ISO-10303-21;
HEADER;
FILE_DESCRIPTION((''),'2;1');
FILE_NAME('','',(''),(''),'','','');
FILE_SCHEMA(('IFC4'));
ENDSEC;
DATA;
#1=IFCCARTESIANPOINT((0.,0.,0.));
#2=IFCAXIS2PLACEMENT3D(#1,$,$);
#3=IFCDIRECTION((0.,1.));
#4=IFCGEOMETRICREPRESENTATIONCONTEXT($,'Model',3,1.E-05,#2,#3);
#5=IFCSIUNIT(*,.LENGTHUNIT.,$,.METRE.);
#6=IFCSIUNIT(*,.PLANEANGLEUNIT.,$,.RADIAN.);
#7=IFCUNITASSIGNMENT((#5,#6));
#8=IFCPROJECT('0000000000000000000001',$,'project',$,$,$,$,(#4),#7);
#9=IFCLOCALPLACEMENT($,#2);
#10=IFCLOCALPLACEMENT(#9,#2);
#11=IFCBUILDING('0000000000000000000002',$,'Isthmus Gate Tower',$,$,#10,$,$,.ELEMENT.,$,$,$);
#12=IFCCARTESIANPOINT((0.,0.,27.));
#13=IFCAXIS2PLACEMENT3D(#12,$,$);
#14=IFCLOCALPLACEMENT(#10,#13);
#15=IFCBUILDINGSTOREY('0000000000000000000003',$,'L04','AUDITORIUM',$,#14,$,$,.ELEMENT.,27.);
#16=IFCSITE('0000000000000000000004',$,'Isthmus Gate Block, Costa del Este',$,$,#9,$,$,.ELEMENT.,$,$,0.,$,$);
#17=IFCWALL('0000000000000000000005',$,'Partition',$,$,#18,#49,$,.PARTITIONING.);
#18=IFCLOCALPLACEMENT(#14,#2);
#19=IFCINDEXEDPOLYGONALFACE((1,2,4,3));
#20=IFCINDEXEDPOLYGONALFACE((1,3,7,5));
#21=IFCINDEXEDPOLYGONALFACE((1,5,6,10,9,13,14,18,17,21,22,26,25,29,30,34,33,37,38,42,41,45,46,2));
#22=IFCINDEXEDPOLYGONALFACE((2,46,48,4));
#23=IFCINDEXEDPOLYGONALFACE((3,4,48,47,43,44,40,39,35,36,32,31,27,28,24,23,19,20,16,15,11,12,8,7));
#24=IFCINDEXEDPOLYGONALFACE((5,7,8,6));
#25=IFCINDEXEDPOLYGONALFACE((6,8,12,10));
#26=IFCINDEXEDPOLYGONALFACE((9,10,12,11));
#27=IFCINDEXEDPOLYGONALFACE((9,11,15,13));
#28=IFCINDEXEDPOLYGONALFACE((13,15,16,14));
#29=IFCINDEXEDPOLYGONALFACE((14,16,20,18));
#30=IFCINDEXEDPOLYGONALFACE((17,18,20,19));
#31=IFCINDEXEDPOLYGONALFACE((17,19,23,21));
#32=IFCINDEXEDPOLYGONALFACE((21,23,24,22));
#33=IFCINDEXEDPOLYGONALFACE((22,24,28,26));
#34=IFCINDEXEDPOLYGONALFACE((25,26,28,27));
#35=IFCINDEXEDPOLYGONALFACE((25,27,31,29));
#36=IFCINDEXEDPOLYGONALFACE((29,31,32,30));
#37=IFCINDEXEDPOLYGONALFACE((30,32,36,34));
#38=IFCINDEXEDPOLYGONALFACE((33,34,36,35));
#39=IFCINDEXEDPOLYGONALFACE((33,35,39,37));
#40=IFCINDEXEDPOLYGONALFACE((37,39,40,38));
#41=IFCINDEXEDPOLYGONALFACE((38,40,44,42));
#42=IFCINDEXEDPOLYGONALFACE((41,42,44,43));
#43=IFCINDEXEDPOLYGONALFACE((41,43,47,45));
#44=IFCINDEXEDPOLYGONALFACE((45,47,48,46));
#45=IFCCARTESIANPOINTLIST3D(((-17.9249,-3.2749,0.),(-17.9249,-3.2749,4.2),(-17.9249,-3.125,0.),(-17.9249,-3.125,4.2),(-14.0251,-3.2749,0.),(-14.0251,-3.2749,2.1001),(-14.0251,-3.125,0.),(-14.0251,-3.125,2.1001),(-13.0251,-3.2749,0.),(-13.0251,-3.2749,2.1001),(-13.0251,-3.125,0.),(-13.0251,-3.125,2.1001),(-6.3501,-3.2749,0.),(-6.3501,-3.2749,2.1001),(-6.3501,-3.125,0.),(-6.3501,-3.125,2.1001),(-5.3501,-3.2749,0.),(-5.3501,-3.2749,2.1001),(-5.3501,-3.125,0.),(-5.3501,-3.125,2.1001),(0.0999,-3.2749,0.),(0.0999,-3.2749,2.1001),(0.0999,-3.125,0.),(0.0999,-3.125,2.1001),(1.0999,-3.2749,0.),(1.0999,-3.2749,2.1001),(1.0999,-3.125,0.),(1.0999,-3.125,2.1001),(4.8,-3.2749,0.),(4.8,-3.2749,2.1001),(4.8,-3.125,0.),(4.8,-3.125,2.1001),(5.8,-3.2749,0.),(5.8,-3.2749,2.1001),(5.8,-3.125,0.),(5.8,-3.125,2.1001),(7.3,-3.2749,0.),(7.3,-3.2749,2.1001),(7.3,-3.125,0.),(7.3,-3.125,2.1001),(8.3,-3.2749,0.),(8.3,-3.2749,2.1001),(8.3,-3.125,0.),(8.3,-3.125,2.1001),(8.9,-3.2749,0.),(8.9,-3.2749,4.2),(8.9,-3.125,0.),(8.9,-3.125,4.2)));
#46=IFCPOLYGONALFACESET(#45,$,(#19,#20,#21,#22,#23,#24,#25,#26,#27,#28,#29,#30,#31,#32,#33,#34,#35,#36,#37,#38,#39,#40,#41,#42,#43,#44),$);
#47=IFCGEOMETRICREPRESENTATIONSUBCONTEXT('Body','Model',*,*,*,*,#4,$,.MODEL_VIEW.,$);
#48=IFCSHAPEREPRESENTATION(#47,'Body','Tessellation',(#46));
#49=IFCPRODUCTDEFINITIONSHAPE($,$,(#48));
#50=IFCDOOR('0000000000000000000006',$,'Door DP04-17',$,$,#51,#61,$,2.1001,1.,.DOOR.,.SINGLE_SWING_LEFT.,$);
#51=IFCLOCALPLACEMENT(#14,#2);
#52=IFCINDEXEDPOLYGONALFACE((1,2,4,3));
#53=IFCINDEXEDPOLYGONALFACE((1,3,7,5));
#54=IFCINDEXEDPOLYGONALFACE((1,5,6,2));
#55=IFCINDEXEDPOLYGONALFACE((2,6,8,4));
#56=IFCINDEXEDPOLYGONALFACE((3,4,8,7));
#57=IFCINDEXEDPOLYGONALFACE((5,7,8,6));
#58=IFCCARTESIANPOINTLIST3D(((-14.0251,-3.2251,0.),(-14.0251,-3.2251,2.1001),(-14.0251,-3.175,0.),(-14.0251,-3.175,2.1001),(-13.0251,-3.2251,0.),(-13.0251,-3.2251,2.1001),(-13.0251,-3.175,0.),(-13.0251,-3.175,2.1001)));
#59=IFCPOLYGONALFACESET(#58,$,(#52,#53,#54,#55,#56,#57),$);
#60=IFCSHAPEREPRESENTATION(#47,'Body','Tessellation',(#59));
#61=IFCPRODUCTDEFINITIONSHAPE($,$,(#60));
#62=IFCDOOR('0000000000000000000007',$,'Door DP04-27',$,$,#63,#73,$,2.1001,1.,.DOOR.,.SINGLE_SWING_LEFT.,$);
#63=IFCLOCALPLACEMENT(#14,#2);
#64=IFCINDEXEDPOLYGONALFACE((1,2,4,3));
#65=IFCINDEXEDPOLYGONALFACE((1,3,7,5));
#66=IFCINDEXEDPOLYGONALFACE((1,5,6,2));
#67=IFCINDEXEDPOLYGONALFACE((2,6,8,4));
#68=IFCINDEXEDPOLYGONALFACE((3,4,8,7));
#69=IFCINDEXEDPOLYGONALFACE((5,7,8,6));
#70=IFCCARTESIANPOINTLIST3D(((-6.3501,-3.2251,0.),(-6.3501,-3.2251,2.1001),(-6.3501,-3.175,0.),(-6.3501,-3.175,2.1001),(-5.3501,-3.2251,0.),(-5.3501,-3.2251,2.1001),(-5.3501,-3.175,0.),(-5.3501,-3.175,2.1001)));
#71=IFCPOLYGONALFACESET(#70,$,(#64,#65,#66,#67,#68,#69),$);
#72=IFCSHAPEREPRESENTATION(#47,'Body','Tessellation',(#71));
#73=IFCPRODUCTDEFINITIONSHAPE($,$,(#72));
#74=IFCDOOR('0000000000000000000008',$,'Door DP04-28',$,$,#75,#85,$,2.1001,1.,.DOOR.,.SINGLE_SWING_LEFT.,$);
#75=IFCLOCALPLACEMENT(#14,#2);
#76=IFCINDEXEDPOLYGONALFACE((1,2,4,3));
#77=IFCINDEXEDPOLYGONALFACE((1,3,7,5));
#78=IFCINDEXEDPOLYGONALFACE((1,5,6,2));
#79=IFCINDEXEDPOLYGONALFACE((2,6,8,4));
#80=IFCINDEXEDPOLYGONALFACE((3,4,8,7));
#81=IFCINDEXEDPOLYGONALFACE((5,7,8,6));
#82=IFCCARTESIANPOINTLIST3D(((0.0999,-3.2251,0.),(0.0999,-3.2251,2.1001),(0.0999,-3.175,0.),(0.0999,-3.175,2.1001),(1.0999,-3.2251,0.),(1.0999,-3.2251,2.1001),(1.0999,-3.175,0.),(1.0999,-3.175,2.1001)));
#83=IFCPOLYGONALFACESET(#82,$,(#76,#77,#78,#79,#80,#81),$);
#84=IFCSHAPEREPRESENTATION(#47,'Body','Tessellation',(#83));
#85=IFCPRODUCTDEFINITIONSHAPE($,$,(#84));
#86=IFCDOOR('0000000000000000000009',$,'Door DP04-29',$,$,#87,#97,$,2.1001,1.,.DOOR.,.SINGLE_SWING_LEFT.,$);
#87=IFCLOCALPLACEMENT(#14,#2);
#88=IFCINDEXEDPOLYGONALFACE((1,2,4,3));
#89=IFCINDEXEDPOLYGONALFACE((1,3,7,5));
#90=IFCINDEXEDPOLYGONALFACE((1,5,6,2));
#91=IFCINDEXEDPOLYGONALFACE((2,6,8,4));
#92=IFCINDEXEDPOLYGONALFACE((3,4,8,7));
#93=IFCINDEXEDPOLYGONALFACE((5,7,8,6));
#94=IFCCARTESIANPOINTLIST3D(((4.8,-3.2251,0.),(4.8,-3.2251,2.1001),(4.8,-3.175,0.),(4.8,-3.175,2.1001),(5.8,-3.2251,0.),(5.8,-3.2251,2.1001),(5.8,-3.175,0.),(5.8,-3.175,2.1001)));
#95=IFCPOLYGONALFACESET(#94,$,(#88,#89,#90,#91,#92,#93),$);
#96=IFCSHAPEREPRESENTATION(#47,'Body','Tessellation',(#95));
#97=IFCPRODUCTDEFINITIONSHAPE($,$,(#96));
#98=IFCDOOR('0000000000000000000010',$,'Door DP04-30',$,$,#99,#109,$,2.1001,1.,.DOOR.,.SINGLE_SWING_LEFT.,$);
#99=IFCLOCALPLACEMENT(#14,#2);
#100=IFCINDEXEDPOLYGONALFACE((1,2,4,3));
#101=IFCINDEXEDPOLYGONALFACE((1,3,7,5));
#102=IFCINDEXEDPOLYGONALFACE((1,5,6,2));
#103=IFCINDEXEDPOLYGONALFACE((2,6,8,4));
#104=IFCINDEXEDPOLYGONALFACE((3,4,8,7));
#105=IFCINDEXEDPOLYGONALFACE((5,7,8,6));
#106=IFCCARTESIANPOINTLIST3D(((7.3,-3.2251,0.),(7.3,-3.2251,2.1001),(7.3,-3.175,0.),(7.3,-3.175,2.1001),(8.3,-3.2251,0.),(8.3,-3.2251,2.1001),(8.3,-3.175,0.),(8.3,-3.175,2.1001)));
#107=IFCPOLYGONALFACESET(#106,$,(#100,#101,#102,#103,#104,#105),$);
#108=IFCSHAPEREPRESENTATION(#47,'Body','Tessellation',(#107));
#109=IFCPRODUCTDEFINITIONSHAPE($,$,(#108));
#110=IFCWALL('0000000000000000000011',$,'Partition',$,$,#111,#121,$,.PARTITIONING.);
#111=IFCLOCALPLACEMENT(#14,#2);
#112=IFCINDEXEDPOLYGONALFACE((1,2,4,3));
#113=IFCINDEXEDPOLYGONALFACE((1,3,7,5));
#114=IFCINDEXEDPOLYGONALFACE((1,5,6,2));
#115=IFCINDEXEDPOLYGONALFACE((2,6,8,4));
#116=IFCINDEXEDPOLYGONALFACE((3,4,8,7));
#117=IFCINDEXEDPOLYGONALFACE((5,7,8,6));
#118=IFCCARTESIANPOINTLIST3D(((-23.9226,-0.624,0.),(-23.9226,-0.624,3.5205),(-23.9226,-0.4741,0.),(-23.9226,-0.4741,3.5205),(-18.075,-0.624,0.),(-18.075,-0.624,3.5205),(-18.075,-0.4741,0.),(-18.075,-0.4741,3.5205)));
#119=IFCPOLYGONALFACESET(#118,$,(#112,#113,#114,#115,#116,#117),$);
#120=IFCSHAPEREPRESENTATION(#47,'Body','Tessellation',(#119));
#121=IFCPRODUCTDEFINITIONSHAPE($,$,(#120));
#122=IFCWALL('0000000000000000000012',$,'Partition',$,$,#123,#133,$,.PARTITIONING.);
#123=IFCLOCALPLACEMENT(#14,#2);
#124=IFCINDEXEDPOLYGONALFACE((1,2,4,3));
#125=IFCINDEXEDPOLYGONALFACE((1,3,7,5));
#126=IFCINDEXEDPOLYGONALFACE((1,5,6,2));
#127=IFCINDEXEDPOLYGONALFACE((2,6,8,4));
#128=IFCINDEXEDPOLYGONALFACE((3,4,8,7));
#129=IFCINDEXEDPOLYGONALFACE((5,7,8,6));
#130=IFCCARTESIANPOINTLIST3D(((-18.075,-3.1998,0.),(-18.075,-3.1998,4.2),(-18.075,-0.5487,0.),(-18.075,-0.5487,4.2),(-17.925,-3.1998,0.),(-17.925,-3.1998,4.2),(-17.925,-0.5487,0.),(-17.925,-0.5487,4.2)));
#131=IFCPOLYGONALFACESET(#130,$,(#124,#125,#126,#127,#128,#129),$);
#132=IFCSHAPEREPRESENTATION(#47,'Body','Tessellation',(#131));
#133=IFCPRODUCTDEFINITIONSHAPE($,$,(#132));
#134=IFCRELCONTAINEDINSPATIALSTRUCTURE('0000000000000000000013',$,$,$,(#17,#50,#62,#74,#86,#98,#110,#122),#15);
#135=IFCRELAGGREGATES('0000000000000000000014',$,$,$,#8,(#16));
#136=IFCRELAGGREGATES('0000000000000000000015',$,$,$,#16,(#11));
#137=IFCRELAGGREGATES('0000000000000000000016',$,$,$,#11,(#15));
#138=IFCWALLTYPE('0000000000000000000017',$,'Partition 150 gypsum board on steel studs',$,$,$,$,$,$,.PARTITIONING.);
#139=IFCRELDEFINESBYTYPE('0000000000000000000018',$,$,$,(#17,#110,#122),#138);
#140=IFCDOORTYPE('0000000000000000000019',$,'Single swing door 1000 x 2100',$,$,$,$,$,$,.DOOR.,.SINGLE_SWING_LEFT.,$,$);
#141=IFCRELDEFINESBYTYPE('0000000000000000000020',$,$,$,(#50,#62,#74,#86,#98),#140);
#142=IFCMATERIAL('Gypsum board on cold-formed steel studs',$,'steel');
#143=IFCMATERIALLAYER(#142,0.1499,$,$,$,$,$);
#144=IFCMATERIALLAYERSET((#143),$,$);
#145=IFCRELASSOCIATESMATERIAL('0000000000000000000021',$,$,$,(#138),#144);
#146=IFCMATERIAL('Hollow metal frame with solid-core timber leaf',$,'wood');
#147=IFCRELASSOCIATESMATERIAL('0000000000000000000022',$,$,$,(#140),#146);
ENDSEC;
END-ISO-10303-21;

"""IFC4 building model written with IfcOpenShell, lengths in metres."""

from ifc_helpers import new_model, si_unit, direction, frame, frame_2d, origin, place, context, subcontext, project, spatial, rectangle, extrude, material, layer, layer_set, type_object, element, fill, save


model = new_model("IFC4")

# Units and contexts
model_context = context("Model", 3, precision=1e-05, world=origin(), true_north=direction((0.0, 1.0)))
body_context = subcontext(model_context, "Body", "Model", "MODEL_VIEW")
ifc_project = project(units=[si_unit("LENGTHUNIT", "METRE"), si_unit("PLANEANGLEUNIT", "RADIAN")], contexts=[model_context])

# Site, building, storey
site_placement = place(None, origin())
site = spatial("IfcSite", under=ifc_project, at=site_placement, Name="Isthmus Gate Block, Costa del Este", CompositionType="ELEMENT", RefElevation=0.0)
building_placement = place(site_placement, origin())
building = spatial("IfcBuilding", under=site, at=building_placement, Name="Isthmus Gate Tower", CompositionType="ELEMENT")
storey_placement = place(building_placement, frame((0.0, 0.0, 27.0)))
storey = spatial("IfcBuildingStorey", under=building, at=storey_placement, Name="L04", Description="AUDITORIUM", CompositionType="ELEMENT", Elevation=27.0)

# Wall, openings, doors
ifc_material_1 = material(Name="Gypsum board on cold-formed steel studs", Category="steel")
ifc_layer_1 = layer(ifc_material_1, 0.1499)
ifc_layer_set_1 = layer_set([ifc_layer_1])
wall_type_1 = type_object("IfcWallType", Name="Partition 150 gypsum board on steel studs", PredefinedType="PARTITIONING", material=ifc_layer_set_1)
wall_1_placement = place(storey_placement, frame((-17.925, -3.2, 0.0), z_axis=(0.0, 0.0, 1.0), x_axis=(1.0, 0.0, 0.0)))
wall_1 = element("IfcWall", 1, at=wall_1_placement, inside=storey, type_object=wall_type_1, Name="Partition", PredefinedType="PARTITIONING", context=body_context, shape_type="SweptSolid", body=[
    extrude(rectangle(XDim=26.825, YDim=0.1499, at=frame_2d((13.4126, 0.0))), origin(), (0.0, 0.0, 1.0), 4.2),
])
opening_1_placement = place(wall_1_placement, frame((3.8999, 0.0, 0.0)))
opening_1 = element("IfcOpeningElement", 2, at=opening_1_placement, cuts=wall_1, PredefinedType="OPENING", context=body_context, shape_type="SweptSolid", body=[
    extrude(rectangle(XDim=1.0, YDim=2.1001, at=frame_2d((0.5, 1.05))), frame((0.0, 0.085, 0.0), z_axis=(0.0, -1.0, 0.0), x_axis=(1.0, 0.0, 0.0)), (0.0, 0.0, 1.0), 0.1699),
])
opening_2_placement = place(wall_1_placement, frame((11.575, 0.0, 0.0)))
opening_2 = element("IfcOpeningElement", 3, at=opening_2_placement, cuts=wall_1, PredefinedType="OPENING", context=body_context, shape_type="SweptSolid", body=[
    extrude(rectangle(XDim=1.0, YDim=2.1001, at=frame_2d((0.5, 1.05))), frame((0.0, 0.085, 0.0), z_axis=(0.0, -1.0, 0.0), x_axis=(1.0, 0.0, 0.0)), (0.0, 0.0, 1.0), 0.1699),
])
opening_3_placement = place(wall_1_placement, frame((18.0249, 0.0, 0.0)))
opening_3 = element("IfcOpeningElement", 4, at=opening_3_placement, cuts=wall_1, PredefinedType="OPENING", context=body_context, shape_type="SweptSolid", body=[
    extrude(rectangle(XDim=1.0, YDim=2.1001, at=frame_2d((0.5, 1.05))), frame((0.0, 0.085, 0.0), z_axis=(0.0, -1.0, 0.0), x_axis=(1.0, 0.0, 0.0)), (0.0, 0.0, 1.0), 0.1699),
])
opening_4_placement = place(wall_1_placement, frame((22.7251, 0.0, 0.0)))
opening_4 = element("IfcOpeningElement", 5, at=opening_4_placement, cuts=wall_1, PredefinedType="OPENING", context=body_context, shape_type="SweptSolid", body=[
    extrude(rectangle(XDim=1.0, YDim=2.1001, at=frame_2d((0.5, 1.05))), frame((0.0, 0.085, 0.0), z_axis=(0.0, -1.0, 0.0), x_axis=(1.0, 0.0, 0.0)), (0.0, 0.0, 1.0), 0.1699),
])
opening_5_placement = place(wall_1_placement, frame((25.2251, 0.0, 0.0)))
opening_5 = element("IfcOpeningElement", 6, at=opening_5_placement, cuts=wall_1, PredefinedType="OPENING", context=body_context, shape_type="SweptSolid", body=[
    extrude(rectangle(XDim=1.0, YDim=2.1001, at=frame_2d((0.5, 1.05))), frame((0.0, 0.085, 0.0), z_axis=(0.0, -1.0, 0.0), x_axis=(1.0, 0.0, 0.0)), (0.0, 0.0, 1.0), 0.1699),
])
ifc_material_2 = material(Name="Hollow metal frame with solid-core timber leaf", Category="wood")
door_type_1 = type_object("IfcDoorType", Name="Single swing door 1000 x 2100", OperationType="SINGLE_SWING_LEFT", PredefinedType="DOOR", material=ifc_material_2)
door_1_placement = place(opening_1_placement, origin())
door_1 = element("IfcDoor", 7, at=door_1_placement, inside=storey, type_object=door_type_1, Name="Door DP04-17", OperationType="SINGLE_SWING_LEFT", OverallHeight=2.1001, OverallWidth=1.0, PredefinedType="DOOR", context=body_context, shape_type="SweptSolid", body=[
    extrude(rectangle(XDim=1.0, YDim=2.1001, at=frame_2d((0.5, 1.05))), frame((0.0, 0.0249, 0.0), z_axis=(0.0, -1.0, 0.0), x_axis=(1.0, 0.0, 0.0)), (0.0, 0.0, 1.0), 0.05),
])
fill(opening_1, door_1)
door_2_placement = place(opening_2_placement, origin())
door_2 = element("IfcDoor", 8, at=door_2_placement, inside=storey, type_object=door_type_1, Name="Door DP04-27", OperationType="SINGLE_SWING_LEFT", OverallHeight=2.1001, OverallWidth=1.0, PredefinedType="DOOR", context=body_context, shape_type="SweptSolid", body=[
    extrude(rectangle(XDim=1.0, YDim=2.1001, at=frame_2d((0.5, 1.05))), frame((0.0, 0.0249, 0.0), z_axis=(0.0, -1.0, 0.0), x_axis=(1.0, 0.0, 0.0)), (0.0, 0.0, 1.0), 0.05),
])
fill(opening_2, door_2)
door_3_placement = place(opening_3_placement, origin())
door_3 = element("IfcDoor", 9, at=door_3_placement, inside=storey, type_object=door_type_1, Name="Door DP04-28", OperationType="SINGLE_SWING_LEFT", OverallHeight=2.1001, OverallWidth=1.0, PredefinedType="DOOR", context=body_context, shape_type="SweptSolid", body=[
    extrude(rectangle(XDim=1.0, YDim=2.1001, at=frame_2d((0.5, 1.05))), frame((0.0, 0.0249, 0.0), z_axis=(0.0, -1.0, 0.0), x_axis=(1.0, 0.0, 0.0)), (0.0, 0.0, 1.0), 0.05),
])
fill(opening_3, door_3)
door_4_placement = place(opening_4_placement, origin())
door_4 = element("IfcDoor", 10, at=door_4_placement, inside=storey, type_object=door_type_1, Name="Door DP04-29", OperationType="SINGLE_SWING_LEFT", OverallHeight=2.1001, OverallWidth=1.0, PredefinedType="DOOR", context=body_context, shape_type="SweptSolid", body=[
    extrude(rectangle(XDim=1.0, YDim=2.1001, at=frame_2d((0.5, 1.05))), frame((0.0, 0.0249, 0.0), z_axis=(0.0, -1.0, 0.0), x_axis=(1.0, 0.0, 0.0)), (0.0, 0.0, 1.0), 0.05),
])
fill(opening_4, door_4)
door_5_placement = place(opening_5_placement, origin())
door_5 = element("IfcDoor", 11, at=door_5_placement, inside=storey, type_object=door_type_1, Name="Door DP04-30", OperationType="SINGLE_SWING_LEFT", OverallHeight=2.1001, OverallWidth=1.0, PredefinedType="DOOR", context=body_context, shape_type="SweptSolid", body=[
    extrude(rectangle(XDim=1.0, YDim=2.1001, at=frame_2d((0.5, 1.05))), frame((0.0, 0.0249, 0.0), z_axis=(0.0, -1.0, 0.0), x_axis=(1.0, 0.0, 0.0)), (0.0, 0.0, 1.0), 0.05),
])
fill(opening_5, door_5)

# Walls
wall_2_placement = place(storey_placement, frame((-23.9226, -0.5491, 0.0), z_axis=(0.0, 0.0, 1.0), x_axis=(1.0, 0.0, 0.0)))
element("IfcWall", 12, at=wall_2_placement, inside=storey, type_object=wall_type_1, Name="Partition", PredefinedType="PARTITIONING", context=body_context, shape_type="SweptSolid", body=[
    extrude(rectangle(XDim=5.8477, YDim=0.1499, at=frame_2d((2.9238, 0.0))), origin(), (0.0, 0.0, 1.0), 3.5205),
])
wall_3_placement = place(storey_placement, frame((-18.0, -3.2, 0.0), z_axis=(0.0, 0.0, 1.0), x_axis=(0.0, 1.0, 0.0)))
element("IfcWall", 13, at=wall_3_placement, inside=storey, type_object=wall_type_1, Name="Partition", PredefinedType="PARTITIONING", context=body_context, shape_type="SweptSolid", body=[
    extrude(rectangle(XDim=2.6511, YDim=0.1499, at=frame_2d((1.3257, 0.0))), origin(), (0.0, 0.0, 1.0), 4.2),
])

save(model, "model.ifc")
